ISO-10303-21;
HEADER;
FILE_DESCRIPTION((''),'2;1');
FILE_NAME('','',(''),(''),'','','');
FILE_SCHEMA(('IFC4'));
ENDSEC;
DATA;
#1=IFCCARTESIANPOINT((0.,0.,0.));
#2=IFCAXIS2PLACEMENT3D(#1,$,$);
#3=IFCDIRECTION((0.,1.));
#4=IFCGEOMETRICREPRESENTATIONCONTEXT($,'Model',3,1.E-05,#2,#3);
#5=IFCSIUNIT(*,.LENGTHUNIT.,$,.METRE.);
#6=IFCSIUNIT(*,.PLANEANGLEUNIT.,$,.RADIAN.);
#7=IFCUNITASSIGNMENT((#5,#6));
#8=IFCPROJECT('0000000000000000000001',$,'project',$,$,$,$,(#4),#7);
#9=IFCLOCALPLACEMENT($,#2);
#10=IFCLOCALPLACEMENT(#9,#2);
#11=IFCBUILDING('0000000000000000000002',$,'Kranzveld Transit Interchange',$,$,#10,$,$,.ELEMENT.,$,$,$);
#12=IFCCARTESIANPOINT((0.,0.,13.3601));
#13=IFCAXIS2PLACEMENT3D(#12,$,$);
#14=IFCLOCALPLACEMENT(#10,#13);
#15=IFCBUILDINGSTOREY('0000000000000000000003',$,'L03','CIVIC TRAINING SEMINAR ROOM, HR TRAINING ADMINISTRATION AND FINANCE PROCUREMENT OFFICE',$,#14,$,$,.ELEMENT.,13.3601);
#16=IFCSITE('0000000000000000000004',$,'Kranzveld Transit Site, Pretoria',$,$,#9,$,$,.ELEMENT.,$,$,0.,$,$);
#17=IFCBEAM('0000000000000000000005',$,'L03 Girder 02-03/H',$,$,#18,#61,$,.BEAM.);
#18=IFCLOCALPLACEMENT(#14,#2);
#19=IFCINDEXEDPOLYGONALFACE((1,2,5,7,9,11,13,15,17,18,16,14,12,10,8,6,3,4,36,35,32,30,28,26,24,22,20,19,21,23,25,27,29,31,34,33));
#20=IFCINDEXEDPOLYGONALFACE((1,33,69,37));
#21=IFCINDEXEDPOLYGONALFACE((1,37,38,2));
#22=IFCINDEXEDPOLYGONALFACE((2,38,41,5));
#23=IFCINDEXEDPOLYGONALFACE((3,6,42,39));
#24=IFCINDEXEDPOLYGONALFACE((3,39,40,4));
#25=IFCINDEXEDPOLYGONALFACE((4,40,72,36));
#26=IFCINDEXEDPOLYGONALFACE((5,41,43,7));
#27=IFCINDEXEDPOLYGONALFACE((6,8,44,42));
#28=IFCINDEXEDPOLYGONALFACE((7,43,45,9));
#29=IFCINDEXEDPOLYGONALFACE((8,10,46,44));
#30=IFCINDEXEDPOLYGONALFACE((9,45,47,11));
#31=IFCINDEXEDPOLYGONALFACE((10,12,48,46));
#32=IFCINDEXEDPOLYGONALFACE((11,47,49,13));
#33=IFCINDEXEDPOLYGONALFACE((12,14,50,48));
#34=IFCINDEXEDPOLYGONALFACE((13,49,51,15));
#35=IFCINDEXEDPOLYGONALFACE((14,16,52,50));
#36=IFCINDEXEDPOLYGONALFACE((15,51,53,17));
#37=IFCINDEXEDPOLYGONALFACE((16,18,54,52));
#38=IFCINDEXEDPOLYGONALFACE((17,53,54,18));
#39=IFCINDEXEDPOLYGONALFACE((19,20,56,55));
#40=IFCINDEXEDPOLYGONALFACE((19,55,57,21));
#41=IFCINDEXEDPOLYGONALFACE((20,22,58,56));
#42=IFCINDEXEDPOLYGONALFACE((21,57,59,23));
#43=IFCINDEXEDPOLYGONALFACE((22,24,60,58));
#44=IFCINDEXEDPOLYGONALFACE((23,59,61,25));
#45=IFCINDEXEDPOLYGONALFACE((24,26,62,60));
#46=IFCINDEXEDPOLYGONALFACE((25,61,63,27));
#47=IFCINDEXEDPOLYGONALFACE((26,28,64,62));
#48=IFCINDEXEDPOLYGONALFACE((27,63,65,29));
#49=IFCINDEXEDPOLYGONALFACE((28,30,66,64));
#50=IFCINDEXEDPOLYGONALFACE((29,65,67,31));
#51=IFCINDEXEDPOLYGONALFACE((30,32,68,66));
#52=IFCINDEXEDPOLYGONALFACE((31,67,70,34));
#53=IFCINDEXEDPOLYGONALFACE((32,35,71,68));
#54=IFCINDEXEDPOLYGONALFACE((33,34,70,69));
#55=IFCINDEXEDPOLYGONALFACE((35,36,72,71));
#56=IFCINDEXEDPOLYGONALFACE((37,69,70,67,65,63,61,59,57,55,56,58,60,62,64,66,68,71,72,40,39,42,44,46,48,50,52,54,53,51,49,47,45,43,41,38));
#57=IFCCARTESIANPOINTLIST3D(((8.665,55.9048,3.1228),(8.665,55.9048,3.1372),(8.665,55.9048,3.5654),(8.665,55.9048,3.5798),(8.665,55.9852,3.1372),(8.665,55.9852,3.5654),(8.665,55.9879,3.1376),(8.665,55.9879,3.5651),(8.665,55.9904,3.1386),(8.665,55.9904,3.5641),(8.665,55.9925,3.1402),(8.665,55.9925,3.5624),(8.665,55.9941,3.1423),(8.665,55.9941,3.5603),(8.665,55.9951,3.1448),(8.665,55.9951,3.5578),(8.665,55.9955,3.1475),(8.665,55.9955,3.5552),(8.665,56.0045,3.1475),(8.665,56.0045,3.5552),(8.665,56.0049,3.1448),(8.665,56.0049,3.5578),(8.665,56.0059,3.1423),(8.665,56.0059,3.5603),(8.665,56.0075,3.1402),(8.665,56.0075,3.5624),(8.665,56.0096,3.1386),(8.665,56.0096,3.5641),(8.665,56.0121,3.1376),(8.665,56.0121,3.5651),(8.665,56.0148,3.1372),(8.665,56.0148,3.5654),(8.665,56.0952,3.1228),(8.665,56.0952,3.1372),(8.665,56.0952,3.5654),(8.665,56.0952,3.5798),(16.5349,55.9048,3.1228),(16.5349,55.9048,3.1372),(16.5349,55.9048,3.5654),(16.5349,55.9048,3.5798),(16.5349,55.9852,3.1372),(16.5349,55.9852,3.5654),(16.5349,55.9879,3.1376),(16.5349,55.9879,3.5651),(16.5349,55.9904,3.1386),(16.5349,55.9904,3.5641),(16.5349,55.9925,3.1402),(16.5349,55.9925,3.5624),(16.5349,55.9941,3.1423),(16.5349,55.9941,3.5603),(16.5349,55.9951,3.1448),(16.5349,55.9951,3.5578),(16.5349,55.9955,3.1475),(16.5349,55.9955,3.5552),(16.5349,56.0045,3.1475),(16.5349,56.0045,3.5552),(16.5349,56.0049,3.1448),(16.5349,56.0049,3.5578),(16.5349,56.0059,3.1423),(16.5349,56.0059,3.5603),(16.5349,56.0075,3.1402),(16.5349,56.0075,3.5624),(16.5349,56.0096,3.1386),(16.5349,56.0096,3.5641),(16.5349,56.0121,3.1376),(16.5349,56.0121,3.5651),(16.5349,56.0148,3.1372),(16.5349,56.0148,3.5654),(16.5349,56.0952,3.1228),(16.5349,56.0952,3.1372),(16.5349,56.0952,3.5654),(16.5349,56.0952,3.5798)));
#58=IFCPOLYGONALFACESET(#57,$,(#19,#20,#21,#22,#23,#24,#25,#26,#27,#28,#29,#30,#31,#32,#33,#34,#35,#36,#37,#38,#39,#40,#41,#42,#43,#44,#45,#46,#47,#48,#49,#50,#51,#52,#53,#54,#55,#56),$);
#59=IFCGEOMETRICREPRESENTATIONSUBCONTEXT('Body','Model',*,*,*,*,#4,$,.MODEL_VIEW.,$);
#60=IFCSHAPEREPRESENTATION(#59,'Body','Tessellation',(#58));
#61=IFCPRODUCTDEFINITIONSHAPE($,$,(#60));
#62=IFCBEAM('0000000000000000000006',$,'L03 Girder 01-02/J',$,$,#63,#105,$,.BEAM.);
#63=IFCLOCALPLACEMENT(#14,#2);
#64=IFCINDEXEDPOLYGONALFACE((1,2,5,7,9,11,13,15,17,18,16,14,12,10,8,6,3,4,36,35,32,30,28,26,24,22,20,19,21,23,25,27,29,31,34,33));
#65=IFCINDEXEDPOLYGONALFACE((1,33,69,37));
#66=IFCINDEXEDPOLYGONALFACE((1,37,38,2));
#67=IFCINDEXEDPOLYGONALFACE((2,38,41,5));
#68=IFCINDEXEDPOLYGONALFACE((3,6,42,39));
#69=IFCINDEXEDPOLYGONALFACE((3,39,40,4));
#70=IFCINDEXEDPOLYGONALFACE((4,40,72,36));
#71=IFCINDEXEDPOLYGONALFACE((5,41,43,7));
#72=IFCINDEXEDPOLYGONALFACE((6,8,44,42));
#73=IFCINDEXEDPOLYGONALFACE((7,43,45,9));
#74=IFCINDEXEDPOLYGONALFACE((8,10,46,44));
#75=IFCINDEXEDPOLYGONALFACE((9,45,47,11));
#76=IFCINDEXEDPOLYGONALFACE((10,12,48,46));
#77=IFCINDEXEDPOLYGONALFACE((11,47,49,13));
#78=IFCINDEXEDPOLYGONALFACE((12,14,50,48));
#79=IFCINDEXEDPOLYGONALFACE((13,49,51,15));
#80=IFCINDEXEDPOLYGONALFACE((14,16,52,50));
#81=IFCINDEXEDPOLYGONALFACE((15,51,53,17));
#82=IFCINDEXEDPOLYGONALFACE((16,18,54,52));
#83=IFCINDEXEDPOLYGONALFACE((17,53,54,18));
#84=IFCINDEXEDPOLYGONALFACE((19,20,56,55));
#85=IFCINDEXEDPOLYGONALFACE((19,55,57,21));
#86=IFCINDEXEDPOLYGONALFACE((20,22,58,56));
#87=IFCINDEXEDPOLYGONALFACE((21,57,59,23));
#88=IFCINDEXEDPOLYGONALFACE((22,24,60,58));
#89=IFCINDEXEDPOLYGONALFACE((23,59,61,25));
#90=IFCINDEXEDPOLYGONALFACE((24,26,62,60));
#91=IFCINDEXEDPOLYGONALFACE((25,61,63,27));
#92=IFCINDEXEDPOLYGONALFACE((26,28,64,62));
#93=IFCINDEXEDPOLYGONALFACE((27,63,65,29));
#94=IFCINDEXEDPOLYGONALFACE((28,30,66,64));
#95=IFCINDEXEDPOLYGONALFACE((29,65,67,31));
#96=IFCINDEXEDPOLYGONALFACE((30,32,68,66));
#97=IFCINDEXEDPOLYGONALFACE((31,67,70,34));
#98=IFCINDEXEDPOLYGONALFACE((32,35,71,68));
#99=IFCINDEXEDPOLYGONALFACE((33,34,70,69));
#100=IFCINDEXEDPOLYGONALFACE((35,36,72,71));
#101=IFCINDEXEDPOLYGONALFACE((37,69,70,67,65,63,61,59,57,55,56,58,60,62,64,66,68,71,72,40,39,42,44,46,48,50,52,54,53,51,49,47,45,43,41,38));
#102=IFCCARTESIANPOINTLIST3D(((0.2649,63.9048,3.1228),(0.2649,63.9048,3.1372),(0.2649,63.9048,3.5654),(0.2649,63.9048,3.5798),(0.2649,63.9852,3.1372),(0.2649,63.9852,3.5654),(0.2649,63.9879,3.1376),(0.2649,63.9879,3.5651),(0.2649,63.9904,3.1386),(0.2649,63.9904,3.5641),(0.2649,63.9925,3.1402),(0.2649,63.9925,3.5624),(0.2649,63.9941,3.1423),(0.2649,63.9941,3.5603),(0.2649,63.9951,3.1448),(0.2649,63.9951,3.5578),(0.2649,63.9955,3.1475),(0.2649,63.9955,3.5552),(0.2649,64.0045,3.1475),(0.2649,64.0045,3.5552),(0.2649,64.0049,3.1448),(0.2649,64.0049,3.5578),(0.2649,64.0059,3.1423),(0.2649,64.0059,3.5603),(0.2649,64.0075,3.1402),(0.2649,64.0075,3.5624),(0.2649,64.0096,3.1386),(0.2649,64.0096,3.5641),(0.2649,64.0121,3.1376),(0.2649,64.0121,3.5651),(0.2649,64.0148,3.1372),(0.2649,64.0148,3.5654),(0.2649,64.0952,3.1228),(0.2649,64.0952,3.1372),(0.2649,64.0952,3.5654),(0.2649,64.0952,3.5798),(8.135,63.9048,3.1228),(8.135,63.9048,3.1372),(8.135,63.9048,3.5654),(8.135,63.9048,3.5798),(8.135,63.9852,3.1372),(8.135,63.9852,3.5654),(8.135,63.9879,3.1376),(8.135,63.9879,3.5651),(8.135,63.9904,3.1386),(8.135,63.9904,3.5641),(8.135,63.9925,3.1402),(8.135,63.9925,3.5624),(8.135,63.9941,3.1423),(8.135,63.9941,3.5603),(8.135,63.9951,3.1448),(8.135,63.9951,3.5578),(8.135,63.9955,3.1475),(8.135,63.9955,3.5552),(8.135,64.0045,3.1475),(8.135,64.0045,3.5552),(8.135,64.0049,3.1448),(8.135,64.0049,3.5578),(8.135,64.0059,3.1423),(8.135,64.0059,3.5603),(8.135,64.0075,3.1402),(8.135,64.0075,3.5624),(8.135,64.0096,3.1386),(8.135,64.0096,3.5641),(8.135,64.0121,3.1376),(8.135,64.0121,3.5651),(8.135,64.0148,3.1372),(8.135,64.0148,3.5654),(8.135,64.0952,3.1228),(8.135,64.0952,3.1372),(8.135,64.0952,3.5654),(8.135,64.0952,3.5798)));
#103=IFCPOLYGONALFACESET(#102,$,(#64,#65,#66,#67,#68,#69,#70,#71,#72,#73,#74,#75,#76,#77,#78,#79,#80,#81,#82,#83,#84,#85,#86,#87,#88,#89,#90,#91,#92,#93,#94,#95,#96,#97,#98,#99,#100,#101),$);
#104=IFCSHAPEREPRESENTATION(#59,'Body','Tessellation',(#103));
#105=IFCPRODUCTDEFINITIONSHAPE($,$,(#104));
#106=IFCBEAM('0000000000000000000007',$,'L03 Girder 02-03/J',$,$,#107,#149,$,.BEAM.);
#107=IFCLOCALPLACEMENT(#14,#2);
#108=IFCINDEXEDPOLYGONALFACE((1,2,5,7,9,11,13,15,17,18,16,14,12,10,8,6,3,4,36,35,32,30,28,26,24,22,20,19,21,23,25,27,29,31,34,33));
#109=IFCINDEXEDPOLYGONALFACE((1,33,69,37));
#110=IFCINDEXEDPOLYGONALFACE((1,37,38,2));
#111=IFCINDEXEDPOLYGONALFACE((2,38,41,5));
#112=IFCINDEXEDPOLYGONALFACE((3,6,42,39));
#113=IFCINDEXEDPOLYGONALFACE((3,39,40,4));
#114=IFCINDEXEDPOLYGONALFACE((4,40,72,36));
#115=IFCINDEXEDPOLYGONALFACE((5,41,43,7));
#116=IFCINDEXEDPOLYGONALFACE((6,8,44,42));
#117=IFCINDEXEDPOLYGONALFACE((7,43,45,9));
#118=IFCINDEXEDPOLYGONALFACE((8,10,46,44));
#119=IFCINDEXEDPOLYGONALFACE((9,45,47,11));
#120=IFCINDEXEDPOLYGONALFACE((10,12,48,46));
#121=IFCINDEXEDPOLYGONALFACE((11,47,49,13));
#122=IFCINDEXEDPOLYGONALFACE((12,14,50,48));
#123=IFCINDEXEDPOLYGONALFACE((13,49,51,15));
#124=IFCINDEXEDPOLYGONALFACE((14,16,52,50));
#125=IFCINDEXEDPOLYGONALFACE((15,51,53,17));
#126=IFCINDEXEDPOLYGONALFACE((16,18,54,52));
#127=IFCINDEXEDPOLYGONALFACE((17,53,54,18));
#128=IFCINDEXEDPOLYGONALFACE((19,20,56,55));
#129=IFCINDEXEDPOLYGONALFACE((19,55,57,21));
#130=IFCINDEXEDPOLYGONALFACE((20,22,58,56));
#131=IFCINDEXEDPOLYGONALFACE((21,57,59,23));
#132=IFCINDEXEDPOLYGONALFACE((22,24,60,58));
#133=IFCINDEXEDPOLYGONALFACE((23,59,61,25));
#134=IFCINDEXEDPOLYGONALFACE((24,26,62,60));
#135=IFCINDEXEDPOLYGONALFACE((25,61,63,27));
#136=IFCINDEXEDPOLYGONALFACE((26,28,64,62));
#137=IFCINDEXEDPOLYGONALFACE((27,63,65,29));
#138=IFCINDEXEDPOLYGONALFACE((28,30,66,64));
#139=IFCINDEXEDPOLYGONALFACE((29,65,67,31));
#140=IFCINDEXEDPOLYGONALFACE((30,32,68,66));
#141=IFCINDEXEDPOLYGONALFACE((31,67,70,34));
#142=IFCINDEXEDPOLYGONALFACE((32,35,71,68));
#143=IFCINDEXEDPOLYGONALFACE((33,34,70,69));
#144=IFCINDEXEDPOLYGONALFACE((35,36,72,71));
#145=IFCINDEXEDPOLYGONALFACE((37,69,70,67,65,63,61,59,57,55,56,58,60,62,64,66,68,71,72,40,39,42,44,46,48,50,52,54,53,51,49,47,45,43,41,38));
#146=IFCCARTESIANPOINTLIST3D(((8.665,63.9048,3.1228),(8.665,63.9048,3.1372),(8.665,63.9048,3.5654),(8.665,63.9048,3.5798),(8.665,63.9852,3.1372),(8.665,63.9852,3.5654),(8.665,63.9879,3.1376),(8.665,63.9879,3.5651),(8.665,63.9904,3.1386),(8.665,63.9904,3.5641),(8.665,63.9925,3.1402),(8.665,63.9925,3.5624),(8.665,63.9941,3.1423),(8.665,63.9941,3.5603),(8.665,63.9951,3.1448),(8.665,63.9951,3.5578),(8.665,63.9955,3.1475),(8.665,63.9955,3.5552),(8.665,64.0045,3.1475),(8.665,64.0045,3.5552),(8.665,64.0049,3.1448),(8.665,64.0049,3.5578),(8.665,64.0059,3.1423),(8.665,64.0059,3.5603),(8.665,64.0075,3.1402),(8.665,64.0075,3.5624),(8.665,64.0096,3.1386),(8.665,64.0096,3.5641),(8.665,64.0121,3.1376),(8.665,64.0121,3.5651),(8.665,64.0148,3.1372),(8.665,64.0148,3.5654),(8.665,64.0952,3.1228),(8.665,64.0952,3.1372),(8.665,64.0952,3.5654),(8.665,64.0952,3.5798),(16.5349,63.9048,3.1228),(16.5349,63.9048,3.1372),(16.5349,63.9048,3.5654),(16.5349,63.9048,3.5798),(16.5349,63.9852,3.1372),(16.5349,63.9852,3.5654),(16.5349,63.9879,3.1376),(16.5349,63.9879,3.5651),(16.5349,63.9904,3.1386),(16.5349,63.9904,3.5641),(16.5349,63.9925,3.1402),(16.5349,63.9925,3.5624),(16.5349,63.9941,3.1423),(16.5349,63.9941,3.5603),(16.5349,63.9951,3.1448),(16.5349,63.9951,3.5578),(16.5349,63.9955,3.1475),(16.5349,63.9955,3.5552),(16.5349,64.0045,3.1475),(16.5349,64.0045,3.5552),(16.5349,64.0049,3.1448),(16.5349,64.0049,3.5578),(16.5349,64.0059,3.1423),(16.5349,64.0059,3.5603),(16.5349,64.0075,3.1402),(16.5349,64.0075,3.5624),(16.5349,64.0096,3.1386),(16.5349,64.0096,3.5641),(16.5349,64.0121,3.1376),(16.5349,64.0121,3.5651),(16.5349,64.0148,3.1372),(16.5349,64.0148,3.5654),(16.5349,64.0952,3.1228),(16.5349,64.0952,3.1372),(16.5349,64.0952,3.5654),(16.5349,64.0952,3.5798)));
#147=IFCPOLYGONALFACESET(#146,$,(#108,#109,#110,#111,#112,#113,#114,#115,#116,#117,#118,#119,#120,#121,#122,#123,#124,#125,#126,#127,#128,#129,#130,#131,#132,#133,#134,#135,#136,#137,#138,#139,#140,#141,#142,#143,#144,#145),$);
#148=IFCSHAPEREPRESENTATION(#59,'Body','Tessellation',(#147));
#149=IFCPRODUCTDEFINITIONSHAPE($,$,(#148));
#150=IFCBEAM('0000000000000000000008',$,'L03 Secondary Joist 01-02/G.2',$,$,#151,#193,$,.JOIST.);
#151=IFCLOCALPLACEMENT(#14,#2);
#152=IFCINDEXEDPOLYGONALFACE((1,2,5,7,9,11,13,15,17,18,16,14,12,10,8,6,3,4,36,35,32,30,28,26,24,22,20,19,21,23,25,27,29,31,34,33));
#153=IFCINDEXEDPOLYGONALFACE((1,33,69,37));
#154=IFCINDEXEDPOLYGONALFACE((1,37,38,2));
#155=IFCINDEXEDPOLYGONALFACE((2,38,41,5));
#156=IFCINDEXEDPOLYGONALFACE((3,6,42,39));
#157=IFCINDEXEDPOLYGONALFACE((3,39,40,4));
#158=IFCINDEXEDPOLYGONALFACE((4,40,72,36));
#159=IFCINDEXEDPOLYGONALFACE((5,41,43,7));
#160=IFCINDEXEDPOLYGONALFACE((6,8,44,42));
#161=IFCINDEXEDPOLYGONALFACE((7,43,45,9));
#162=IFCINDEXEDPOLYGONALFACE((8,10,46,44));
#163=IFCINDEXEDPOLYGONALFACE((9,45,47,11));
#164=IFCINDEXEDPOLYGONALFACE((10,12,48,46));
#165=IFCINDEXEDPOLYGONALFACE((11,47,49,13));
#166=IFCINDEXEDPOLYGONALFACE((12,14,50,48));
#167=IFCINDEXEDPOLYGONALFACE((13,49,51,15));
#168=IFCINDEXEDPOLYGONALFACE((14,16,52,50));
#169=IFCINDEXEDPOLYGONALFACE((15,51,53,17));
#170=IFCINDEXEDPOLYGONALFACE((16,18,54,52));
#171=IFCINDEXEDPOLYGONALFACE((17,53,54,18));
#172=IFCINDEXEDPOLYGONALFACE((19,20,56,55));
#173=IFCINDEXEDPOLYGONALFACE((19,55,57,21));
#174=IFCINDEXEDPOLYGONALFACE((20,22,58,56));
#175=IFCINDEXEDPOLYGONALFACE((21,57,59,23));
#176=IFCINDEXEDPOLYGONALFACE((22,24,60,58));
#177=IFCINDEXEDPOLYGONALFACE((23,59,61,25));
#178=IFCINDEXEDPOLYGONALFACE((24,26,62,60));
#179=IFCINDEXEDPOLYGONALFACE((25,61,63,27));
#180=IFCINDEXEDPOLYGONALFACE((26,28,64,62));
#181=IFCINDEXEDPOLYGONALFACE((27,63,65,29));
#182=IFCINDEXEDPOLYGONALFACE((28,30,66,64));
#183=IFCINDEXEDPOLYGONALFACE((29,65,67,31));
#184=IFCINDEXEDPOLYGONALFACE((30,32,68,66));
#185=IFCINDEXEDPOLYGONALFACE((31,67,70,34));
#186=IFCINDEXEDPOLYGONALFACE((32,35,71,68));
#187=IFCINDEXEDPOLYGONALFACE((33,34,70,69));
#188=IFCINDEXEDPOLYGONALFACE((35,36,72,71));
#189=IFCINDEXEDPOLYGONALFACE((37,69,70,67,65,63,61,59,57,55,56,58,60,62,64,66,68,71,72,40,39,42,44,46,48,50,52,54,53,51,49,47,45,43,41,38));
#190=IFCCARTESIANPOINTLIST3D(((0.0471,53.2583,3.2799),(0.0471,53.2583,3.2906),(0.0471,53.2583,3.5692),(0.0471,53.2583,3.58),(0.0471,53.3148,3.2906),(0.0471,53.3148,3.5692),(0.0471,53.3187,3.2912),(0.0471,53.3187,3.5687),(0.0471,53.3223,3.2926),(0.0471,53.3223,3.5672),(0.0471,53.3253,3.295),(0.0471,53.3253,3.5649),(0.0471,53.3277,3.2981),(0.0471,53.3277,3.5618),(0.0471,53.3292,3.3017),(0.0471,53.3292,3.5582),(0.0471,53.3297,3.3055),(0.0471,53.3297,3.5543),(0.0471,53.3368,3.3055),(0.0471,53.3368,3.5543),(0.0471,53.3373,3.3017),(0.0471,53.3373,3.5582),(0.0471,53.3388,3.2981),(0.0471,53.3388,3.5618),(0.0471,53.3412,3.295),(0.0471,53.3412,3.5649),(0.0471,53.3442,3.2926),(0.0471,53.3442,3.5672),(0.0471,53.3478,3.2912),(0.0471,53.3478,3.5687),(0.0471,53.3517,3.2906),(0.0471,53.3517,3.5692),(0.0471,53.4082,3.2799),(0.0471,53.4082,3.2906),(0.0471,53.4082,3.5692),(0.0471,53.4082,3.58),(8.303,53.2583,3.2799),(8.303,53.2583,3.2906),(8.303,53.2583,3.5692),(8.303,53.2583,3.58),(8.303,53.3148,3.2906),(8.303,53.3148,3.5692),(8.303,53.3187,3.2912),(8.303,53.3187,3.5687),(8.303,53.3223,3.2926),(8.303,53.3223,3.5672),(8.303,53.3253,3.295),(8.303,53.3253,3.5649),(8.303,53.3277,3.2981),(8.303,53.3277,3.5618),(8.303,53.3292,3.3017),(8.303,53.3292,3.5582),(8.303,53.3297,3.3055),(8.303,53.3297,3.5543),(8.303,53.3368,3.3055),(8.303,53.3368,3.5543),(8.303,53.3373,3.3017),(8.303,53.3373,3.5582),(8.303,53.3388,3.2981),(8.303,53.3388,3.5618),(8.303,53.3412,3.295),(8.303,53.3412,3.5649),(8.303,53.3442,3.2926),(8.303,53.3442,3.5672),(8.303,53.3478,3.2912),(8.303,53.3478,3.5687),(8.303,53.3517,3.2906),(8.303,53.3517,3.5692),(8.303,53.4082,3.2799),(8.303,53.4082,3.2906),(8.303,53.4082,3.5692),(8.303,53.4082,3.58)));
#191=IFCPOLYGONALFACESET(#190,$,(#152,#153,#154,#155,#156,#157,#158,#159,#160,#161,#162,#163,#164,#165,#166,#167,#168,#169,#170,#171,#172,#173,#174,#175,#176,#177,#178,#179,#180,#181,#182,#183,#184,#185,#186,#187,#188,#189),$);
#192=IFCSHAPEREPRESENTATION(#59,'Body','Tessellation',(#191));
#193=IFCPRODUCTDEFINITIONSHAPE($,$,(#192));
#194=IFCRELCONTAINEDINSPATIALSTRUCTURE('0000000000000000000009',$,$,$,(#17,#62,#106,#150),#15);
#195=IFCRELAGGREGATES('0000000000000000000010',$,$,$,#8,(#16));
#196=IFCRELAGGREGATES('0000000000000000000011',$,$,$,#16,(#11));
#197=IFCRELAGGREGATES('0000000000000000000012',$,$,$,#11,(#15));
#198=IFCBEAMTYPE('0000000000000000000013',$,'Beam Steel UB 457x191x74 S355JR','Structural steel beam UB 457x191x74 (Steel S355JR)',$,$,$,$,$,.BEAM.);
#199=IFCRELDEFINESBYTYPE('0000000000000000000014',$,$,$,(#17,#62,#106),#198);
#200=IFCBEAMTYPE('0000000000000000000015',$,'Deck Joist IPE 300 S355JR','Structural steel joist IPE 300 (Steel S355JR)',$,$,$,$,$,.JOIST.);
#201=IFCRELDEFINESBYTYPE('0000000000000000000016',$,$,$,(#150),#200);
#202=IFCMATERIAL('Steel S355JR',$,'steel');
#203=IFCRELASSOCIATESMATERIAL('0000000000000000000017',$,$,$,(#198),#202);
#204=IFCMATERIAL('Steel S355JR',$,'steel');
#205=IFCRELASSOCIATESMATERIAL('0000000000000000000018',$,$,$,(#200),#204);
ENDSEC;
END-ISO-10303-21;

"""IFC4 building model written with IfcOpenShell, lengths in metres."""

from ifc_helpers import new_model, si_unit, direction, frame, origin, origin_2d, place, context, subcontext, project, spatial, i_section, extrude, material, material_profile, profile_set, type_object, element, save


model = new_model("IFC4")

# Units and contexts
model_context = context("Model", 3, precision=1e-05, world=origin(), true_north=direction((0.0, 1.0)))
body_context = subcontext(model_context, "Body", "Model", "MODEL_VIEW")
ifc_project = project(units=[si_unit("LENGTHUNIT", "METRE"), si_unit("PLANEANGLEUNIT", "RADIAN")], contexts=[model_context])

# Site, building, storey
site_placement = place(None, origin())
site = spatial("IfcSite", under=ifc_project, at=site_placement, Name="Kranzveld Transit Site, Pretoria", CompositionType="ELEMENT", RefElevation=0.0)
building_placement = place(site_placement, origin())
building = spatial("IfcBuilding", under=site, at=building_placement, Name="Kranzveld Transit Interchange", CompositionType="ELEMENT")
storey_placement = place(building_placement, frame((0.0, 0.0, 13.3601)))
storey = spatial("IfcBuildingStorey", under=building, at=storey_placement, Name="L03", Description="CIVIC TRAINING SEMINAR ROOM, HR TRAINING ADMINISTRATION AND FINANCE PROCUREMENT OFFICE", CompositionType="ELEMENT", Elevation=13.3601)

# Beams
ifc_material_1 = material(Name="Steel S355JR", Category="steel")
ifc_material_profile_1 = material_profile(ifc_material_1, i_section(OverallWidth=0.1904, OverallDepth=0.457, WebThickness=0.009, FlangeThickness=0.0144, FilletRadius=0.0103, at=origin_2d()), Name="UB 457x191x74")
ifc_profile_set_1 = profile_set([ifc_material_profile_1], Name="Steel S355JR")
beam_type_1 = type_object("IfcBeamType", Name="Beam Steel UB 457x191x74 S355JR", Description="Structural steel beam UB 457x191x74 (Steel S355JR)", PredefinedType="BEAM", material=ifc_profile_set_1)
beam_1_placement = place(storey_placement, frame((8.665, 56.0, 3.3513), z_axis=(1.0, 0.0, 0.0), x_axis=(0.0, 1.0, 0.0)))
element("IfcBeam", 1, at=beam_1_placement, inside=storey, type_object=beam_type_1, Name="L03 Girder 02-03/H", PredefinedType="BEAM", context=body_context, shape_type="SweptSolid", body=[
    extrude(i_section(OverallWidth=0.1904, OverallDepth=0.457, WebThickness=0.009, FlangeThickness=0.0144, FilletRadius=0.0103, at=origin_2d()), origin(), (0.0, 0.0, 1.0), 7.8699),
])
beam_2_placement = place(storey_placement, frame((0.2649, 64.0, 3.3513), z_axis=(1.0, 0.0, 0.0), x_axis=(0.0, 1.0, 0.0)))
element("IfcBeam", 2, at=beam_2_placement, inside=storey, type_object=beam_type_1, Name="L03 Girder 01-02/J", PredefinedType="BEAM", context=body_context, shape_type="SweptSolid", body=[
    extrude(i_section(OverallWidth=0.1904, OverallDepth=0.457, WebThickness=0.009, FlangeThickness=0.0144, FilletRadius=0.0103, at=origin_2d()), origin(), (0.0, 0.0, 1.0), 7.8701),
])
beam_3_placement = place(storey_placement, frame((8.665, 64.0, 3.3513), z_axis=(1.0, 0.0, 0.0), x_axis=(0.0, 1.0, 0.0)))
element("IfcBeam", 3, at=beam_3_placement, inside=storey, type_object=beam_type_1, Name="L03 Girder 02-03/J", PredefinedType="BEAM", context=body_context, shape_type="SweptSolid", body=[
    extrude(i_section(OverallWidth=0.1904, OverallDepth=0.457, WebThickness=0.009, FlangeThickness=0.0144, FilletRadius=0.0103, at=origin_2d()), origin(), (0.0, 0.0, 1.0), 7.8699),
])
ifc_material_2 = material(Name="Steel S355JR", Category="steel")
ifc_material_profile_2 = material_profile(ifc_material_2, i_section(OverallWidth=0.1499, OverallDepth=0.3, WebThickness=0.0071, FlangeThickness=0.0107, FilletRadius=0.0149, at=origin_2d()), Name="IPE 300")
ifc_profile_set_2 = profile_set([ifc_material_profile_2], Name="Steel S355JR")
beam_type_2 = type_object("IfcBeamType", Name="Deck Joist IPE 300 S355JR", Description="Structural steel joist IPE 300 (Steel S355JR)", PredefinedType="JOIST", material=ifc_profile_set_2)
for number, where, z_axis, x_axis, name in (
    (4, (0.0471, 53.3333, 3.4299), (1.0, 0.0, 0.0), (0.0, 1.0, 0.0), "L03 Secondary Joist 01-02/G.2"),
):
    element("IfcBeam", number, at=place(storey_placement, frame(where, z_axis=z_axis, x_axis=x_axis)), inside=storey, type_object=beam_type_2, Name=name, PredefinedType="JOIST", context=body_context, shape_type="SweptSolid", body=[
        extrude(i_section(OverallWidth=0.1499, OverallDepth=0.3, WebThickness=0.0071, FlangeThickness=0.0107, FilletRadius=0.0149, at=origin_2d()), origin(), (0.0, 0.0, 1.0), 8.2559),
    ])

save(model, "model.ifc")
